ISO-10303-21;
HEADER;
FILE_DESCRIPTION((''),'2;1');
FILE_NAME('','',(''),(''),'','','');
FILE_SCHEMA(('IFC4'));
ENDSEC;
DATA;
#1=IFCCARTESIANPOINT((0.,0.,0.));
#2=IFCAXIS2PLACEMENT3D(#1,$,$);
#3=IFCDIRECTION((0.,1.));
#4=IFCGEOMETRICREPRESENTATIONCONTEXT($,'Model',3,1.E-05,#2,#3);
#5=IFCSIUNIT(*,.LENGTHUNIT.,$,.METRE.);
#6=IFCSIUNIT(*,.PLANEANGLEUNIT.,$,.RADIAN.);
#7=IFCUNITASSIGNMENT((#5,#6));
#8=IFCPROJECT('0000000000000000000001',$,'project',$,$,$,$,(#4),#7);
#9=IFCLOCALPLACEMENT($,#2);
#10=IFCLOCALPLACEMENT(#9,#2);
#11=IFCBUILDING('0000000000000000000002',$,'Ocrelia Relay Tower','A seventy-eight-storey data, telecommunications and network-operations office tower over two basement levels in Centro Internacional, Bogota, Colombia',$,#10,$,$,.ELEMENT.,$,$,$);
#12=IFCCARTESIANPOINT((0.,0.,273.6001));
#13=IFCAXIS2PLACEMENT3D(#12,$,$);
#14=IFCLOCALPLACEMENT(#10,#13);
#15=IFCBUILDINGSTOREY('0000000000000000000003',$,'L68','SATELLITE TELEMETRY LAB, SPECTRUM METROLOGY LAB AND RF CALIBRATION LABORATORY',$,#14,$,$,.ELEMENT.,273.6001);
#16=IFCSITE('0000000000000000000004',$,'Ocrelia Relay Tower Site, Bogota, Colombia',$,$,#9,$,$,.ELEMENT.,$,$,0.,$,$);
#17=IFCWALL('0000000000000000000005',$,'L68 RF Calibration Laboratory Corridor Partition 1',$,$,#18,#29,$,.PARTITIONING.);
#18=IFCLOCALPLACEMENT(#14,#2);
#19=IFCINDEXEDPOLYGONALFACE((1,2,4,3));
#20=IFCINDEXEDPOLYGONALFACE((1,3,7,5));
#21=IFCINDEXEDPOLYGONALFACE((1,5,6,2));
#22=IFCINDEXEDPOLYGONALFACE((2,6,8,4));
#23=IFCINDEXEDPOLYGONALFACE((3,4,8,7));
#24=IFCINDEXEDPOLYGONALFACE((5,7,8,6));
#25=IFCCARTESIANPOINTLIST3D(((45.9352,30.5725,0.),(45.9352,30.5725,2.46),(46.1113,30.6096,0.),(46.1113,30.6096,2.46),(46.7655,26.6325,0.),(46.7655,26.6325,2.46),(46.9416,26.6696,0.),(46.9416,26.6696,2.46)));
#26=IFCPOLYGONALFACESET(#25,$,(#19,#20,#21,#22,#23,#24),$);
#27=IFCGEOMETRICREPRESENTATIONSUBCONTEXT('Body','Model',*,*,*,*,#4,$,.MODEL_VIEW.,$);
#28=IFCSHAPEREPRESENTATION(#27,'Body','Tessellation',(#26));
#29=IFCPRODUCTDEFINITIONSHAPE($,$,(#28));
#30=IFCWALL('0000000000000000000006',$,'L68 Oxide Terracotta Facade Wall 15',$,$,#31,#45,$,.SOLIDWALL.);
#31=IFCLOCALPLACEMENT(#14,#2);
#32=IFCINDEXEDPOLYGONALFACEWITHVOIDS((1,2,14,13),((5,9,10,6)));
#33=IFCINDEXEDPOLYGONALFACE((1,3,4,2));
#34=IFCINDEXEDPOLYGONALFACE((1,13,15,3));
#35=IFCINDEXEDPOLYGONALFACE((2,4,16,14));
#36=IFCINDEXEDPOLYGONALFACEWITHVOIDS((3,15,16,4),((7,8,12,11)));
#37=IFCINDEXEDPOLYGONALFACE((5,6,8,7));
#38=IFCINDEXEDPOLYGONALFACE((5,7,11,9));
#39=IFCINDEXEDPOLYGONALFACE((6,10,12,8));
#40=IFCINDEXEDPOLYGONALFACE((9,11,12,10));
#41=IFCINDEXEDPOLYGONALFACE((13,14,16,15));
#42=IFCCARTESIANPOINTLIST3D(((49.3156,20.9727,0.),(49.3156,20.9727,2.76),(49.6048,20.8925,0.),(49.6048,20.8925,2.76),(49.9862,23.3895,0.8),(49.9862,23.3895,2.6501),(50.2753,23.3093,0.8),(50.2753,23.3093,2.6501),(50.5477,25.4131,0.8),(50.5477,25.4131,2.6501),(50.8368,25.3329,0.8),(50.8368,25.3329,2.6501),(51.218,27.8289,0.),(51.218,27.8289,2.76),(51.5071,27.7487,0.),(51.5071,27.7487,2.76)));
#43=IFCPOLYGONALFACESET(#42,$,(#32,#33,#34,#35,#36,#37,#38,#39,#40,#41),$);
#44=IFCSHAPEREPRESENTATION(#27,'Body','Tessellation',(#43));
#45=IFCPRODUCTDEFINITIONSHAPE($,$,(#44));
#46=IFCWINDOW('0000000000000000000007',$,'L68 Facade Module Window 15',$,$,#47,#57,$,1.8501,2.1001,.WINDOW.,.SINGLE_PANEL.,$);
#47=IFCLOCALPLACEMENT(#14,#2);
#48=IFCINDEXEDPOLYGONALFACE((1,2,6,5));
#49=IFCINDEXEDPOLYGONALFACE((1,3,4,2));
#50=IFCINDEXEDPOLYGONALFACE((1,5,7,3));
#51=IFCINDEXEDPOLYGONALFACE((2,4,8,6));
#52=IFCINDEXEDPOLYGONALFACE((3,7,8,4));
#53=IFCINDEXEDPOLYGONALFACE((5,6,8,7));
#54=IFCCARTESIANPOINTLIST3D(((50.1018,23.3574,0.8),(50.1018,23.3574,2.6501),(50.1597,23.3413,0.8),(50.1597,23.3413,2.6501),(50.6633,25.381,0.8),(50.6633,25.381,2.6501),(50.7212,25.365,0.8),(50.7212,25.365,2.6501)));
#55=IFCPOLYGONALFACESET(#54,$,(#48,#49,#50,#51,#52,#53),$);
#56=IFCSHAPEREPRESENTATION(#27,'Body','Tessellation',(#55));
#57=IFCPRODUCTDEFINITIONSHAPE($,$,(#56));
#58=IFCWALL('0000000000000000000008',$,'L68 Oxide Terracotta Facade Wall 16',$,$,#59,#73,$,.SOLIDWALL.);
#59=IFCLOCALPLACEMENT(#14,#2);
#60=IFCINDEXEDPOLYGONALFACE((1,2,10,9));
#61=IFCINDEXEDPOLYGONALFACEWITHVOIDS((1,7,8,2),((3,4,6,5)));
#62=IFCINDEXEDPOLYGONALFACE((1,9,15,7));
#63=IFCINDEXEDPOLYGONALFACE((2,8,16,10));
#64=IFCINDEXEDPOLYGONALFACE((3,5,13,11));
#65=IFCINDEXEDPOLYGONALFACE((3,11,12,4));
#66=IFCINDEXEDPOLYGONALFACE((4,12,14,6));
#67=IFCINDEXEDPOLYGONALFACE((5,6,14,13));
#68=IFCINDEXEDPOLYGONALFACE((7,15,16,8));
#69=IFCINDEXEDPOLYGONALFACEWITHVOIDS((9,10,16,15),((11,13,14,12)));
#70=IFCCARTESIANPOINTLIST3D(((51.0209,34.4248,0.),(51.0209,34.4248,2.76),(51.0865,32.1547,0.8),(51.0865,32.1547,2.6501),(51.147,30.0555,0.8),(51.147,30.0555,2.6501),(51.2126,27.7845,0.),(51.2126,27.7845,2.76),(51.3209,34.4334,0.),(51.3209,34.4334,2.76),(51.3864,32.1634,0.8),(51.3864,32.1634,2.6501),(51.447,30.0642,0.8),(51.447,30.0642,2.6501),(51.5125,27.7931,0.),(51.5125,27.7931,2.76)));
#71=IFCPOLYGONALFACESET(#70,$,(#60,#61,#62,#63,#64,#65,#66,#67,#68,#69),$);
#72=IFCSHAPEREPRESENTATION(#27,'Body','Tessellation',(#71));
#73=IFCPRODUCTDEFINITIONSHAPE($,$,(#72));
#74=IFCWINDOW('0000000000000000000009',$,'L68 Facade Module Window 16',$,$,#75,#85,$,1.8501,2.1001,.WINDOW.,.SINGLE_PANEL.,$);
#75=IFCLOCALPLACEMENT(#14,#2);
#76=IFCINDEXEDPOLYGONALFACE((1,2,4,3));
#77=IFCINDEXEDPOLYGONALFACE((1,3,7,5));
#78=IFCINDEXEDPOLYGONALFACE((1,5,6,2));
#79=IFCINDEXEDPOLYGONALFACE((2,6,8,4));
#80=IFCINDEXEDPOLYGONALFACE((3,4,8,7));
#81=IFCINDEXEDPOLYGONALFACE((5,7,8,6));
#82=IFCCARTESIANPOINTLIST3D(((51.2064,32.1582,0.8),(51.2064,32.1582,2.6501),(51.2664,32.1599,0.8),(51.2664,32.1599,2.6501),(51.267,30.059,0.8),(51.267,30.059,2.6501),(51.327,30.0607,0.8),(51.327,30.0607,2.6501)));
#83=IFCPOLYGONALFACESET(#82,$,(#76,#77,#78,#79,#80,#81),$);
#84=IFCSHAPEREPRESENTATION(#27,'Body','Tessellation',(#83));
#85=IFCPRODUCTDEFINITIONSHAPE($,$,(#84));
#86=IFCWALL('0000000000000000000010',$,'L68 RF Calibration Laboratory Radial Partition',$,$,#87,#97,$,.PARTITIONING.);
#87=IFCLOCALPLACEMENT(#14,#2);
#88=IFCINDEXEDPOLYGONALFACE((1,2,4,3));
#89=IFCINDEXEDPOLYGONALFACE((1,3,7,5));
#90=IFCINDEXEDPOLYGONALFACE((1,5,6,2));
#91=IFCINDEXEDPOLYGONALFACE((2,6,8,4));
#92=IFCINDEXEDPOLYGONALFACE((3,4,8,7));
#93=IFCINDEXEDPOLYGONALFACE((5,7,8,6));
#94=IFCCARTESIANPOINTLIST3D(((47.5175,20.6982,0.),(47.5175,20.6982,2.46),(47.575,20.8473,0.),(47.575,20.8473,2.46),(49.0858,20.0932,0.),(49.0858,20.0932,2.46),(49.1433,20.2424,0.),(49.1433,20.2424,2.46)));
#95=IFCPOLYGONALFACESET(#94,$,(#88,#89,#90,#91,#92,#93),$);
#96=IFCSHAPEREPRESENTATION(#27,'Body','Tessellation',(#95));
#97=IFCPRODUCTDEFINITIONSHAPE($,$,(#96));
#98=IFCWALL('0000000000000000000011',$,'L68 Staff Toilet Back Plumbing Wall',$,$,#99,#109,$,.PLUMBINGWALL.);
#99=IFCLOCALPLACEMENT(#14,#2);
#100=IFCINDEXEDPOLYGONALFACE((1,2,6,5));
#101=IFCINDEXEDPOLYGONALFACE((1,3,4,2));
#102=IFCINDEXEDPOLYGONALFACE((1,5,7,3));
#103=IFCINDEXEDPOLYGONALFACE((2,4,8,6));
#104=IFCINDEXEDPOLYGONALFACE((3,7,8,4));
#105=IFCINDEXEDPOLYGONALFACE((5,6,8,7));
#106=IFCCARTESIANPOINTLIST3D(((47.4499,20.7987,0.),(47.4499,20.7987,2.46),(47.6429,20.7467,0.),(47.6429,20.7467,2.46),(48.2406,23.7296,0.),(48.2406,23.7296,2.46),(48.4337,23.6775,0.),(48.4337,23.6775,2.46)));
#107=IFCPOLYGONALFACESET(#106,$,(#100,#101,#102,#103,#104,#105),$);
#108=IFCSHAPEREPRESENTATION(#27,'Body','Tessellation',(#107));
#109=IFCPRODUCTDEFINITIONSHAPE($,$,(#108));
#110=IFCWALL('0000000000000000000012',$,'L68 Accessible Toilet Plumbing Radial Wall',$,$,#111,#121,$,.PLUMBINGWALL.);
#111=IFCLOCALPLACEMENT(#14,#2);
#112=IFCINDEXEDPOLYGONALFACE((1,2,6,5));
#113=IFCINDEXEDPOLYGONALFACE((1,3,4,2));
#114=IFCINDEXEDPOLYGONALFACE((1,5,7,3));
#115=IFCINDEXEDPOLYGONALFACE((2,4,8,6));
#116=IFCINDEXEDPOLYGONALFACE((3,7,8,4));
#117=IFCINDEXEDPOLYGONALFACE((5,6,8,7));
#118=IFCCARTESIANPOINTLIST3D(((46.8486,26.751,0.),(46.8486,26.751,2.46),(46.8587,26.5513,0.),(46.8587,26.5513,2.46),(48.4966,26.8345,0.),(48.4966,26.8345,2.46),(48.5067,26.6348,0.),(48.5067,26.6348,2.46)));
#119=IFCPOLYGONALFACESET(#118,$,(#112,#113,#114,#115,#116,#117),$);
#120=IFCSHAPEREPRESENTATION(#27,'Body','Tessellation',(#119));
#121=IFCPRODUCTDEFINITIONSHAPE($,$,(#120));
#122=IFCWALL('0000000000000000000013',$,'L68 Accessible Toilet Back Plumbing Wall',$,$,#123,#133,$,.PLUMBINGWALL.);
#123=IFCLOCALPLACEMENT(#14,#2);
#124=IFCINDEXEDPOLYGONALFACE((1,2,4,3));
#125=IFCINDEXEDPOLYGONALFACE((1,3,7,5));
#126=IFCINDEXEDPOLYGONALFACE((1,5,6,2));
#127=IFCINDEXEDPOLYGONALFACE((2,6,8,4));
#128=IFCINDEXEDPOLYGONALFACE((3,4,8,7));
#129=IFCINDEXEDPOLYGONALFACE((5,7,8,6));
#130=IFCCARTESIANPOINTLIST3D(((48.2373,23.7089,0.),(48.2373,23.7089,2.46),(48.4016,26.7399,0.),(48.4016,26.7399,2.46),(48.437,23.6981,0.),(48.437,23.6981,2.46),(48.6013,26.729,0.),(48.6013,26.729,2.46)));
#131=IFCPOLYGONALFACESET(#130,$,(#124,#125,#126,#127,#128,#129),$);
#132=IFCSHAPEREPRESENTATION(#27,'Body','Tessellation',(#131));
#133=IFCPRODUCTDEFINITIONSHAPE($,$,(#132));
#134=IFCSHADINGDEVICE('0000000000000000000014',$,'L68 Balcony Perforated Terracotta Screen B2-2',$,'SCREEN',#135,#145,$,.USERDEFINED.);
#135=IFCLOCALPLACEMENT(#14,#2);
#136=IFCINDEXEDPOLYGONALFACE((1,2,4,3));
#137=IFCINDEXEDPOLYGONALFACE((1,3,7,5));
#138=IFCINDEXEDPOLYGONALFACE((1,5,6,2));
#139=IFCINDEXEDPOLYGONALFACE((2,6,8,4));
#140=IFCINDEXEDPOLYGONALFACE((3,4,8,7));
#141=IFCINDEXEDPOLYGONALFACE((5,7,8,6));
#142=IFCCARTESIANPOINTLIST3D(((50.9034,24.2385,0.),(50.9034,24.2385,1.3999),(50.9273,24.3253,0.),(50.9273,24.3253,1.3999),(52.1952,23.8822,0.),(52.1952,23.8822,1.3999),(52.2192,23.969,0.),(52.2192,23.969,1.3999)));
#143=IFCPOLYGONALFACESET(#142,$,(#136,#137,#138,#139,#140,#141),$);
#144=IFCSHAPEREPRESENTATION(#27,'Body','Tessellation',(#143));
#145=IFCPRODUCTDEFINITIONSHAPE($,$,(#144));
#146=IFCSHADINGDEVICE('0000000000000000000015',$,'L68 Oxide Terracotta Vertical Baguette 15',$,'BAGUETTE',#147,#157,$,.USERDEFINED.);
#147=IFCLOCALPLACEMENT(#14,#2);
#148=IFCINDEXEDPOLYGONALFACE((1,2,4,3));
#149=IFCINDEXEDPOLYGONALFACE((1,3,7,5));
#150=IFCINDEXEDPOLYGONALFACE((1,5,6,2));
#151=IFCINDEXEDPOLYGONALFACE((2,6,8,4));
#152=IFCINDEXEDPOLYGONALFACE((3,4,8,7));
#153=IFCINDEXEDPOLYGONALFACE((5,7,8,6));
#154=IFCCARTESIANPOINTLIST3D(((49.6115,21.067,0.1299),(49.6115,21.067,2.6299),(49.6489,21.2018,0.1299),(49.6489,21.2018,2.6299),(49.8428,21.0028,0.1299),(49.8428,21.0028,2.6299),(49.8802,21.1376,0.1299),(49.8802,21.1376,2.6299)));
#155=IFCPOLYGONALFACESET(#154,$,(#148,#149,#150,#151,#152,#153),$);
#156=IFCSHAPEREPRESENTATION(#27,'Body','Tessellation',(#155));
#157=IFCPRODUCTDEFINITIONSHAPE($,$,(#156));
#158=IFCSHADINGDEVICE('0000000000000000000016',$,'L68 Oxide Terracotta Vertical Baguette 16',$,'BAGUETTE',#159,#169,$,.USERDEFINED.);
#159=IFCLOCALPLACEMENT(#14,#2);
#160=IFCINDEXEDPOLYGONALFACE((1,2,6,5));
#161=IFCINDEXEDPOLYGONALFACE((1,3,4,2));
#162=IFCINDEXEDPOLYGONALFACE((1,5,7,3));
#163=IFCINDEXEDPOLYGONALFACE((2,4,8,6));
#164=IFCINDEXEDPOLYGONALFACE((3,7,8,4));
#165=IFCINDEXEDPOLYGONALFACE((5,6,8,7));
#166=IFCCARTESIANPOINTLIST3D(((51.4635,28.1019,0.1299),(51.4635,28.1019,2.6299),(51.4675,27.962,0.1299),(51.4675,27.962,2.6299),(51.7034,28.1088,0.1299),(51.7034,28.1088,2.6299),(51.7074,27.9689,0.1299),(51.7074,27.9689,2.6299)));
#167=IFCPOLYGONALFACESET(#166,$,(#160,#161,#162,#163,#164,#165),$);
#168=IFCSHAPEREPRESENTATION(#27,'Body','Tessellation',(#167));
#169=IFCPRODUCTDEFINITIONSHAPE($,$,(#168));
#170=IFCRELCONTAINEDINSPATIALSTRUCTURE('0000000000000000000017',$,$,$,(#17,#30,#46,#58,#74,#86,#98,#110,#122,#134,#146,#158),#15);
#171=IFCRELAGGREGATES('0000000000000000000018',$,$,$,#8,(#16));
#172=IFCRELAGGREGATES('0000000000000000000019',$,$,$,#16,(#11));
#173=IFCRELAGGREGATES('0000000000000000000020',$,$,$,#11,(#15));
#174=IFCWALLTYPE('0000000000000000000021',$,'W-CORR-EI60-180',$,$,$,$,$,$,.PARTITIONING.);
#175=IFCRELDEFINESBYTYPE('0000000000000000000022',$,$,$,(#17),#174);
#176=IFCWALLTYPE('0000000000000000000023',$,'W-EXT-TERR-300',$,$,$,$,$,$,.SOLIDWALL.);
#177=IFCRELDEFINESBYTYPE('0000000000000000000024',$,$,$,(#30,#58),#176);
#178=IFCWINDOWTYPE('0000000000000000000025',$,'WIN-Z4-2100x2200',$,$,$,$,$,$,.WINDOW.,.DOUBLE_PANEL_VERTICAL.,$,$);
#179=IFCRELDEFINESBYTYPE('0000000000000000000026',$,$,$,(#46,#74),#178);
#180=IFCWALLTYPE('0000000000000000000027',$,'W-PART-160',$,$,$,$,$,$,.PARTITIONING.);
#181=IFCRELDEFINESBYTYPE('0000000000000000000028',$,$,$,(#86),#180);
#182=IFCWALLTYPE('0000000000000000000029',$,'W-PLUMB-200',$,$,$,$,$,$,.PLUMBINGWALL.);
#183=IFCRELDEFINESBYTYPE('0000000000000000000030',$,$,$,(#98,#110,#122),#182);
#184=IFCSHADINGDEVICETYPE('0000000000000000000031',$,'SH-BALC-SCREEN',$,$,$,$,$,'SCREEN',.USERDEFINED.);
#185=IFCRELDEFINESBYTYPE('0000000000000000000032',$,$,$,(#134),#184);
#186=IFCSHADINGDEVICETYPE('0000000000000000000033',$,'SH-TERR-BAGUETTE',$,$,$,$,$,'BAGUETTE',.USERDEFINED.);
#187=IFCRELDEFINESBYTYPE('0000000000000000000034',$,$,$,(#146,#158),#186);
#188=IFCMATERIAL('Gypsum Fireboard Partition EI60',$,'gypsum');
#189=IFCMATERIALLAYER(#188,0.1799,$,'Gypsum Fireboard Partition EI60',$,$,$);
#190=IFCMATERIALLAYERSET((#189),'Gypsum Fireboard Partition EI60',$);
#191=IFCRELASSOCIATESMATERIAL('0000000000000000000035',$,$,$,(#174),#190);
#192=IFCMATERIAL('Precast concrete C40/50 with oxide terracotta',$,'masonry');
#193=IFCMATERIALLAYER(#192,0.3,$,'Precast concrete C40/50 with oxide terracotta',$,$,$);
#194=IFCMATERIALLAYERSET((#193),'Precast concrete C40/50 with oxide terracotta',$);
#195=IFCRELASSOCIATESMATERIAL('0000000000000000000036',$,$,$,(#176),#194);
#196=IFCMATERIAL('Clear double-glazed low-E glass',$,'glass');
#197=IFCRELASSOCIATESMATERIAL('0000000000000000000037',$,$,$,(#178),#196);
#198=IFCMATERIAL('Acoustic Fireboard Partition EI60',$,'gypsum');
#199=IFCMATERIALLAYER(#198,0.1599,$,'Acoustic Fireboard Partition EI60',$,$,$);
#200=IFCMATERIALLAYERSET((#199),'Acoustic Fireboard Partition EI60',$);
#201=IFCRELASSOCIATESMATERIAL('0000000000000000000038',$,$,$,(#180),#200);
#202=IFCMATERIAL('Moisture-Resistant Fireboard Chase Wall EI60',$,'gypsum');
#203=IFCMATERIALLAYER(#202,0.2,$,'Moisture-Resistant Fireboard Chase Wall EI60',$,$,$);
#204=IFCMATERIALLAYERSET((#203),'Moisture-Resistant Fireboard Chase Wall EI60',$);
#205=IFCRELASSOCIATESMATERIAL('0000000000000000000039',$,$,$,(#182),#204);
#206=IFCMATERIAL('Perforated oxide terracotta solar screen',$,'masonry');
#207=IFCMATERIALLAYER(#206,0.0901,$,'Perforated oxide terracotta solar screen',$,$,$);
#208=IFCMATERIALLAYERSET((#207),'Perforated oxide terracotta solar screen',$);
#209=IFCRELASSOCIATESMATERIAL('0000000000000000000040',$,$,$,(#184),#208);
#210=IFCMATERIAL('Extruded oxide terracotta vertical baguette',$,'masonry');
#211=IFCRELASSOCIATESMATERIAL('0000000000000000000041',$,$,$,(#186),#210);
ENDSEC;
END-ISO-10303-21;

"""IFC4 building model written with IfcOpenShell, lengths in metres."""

from ifc_helpers import new_model, si_unit, direction, frame, frame_2d, origin, origin_2d, place, context, subcontext, project, spatial, rectangle, extrude, material, layer, layer_set, type_object, element, fill, save


model = new_model("IFC4")

# Units and contexts
model_context = context("Model", 3, precision=1e-05, world=origin(), true_north=direction((0.0, 1.0)))
body_context = subcontext(model_context, "Body", "Model", "MODEL_VIEW")
ifc_project = project(units=[si_unit("LENGTHUNIT", "METRE"), si_unit("PLANEANGLEUNIT", "RADIAN")], contexts=[model_context])

# Site, building, storey
site_placement = place(None, origin())
site = spatial("IfcSite", under=ifc_project, at=site_placement, Name="Ocrelia Relay Tower Site, Bogota, Colombia", CompositionType="ELEMENT", RefElevation=0.0)
building_placement = place(site_placement, origin())
building = spatial("IfcBuilding", under=site, at=building_placement, Name="Ocrelia Relay Tower", Description="A seventy-eight-storey data, telecommunications and network-operations office tower over two basement levels in Centro Internacional, Bogota, Colombia", CompositionType="ELEMENT")
storey_placement = place(building_placement, frame((0.0, 0.0, 273.6001)))
storey = spatial("IfcBuildingStorey", under=building, at=storey_placement, Name="L68", Description="SATELLITE TELEMETRY LAB, SPECTRUM METROLOGY LAB AND RF CALIBRATION LABORATORY", CompositionType="ELEMENT", Elevation=273.6001)

# Wall
ifc_material_1 = material(Name="Gypsum Fireboard Partition EI60", Category="gypsum")
ifc_layer_1 = layer(ifc_material_1, 0.1799, Name="Gypsum Fireboard Partition EI60")
ifc_layer_set_1 = layer_set([ifc_layer_1], Name="Gypsum Fireboard Partition EI60")
wall_type_1 = type_object("IfcWallType", Name="W-CORR-EI60-180", PredefinedType="PARTITIONING", material=ifc_layer_set_1)
wall_1_placement = place(storey_placement, frame((46.8535, 26.6511, 0.0), z_axis=(0.0, 0.0, 1.0), x_axis=(-0.206203, 0.978509, 0.0)))
element("IfcWall", 1, at=wall_1_placement, inside=storey, type_object=wall_type_1, Name="L68 RF Calibration Laboratory Corridor Partition 1", PredefinedType="PARTITIONING", context=body_context, shape_type="SweptSolid", body=[
    extrude(rectangle(XDim=4.0266, YDim=0.1799, at=frame_2d((2.0132, 0.0))), origin(), (0.0, 0.0, 1.0), 2.46),
])

# Walls, openings, windows
ifc_material_2 = material(Name="Precast concrete C40/50 with oxide terracotta", Category="masonry")
ifc_layer_2 = layer(ifc_material_2, 0.3, Name="Precast concrete C40/50 with oxide terracotta")
ifc_layer_set_2 = layer_set([ifc_layer_2], Name="Precast concrete C40/50 with oxide terracotta")
wall_type_2 = type_object("IfcWallType", Name="W-EXT-TERR-300", PredefinedType="SOLIDWALL", material=ifc_layer_set_2)
wall_2_placement = place(storey_placement, frame((49.4602, 20.9326, 0.0), z_axis=(0.0, 0.0, 1.0), x_axis=(0.267362, 0.963596, 0.0)))
wall_2 = element("IfcWall", 2, at=wall_2_placement, inside=storey, type_object=wall_type_2, Name="L68 Oxide Terracotta Facade Wall 15", PredefinedType="SOLIDWALL", context=body_context, shape_type="SweptSolid", body=[
    extrude(rectangle(XDim=7.1152, YDim=0.3, at=frame_2d((3.5576, 0.0))), origin(), (0.0, 0.0, 1.0), 2.76),
])
opening_1_placement = place(wall_2_placement, frame((2.5081, 0.0, 0.8)))
opening_1 = element("IfcOpeningElement", 3, at=opening_1_placement, cuts=wall_2, PredefinedType="OPENING", context=body_context, shape_type="SweptSolid", body=[
    extrude(rectangle(XDim=2.1001, YDim=1.8501, at=frame_2d((1.05, 0.925))), frame((0.0, 0.1602, 0.0), z_axis=(0.0, -1.0, 0.0), x_axis=(1.0, 0.0, 0.0)), (0.0, 0.0, 1.0), 0.3201),
])
ifc_material_3 = material(Name="Clear double-glazed low-E glass", Category="glass")
window_type = type_object("IfcWindowType", Name="WIN-Z4-2100x2200", PartitioningType="DOUBLE_PANEL_VERTICAL", PredefinedType="WINDOW", material=ifc_material_3)
window_1_placement = place(opening_1_placement, origin())
window_1 = element("IfcWindow", 4, at=window_1_placement, inside=storey, type_object=window_type, Name="L68 Facade Module Window 15", OverallHeight=1.8501, OverallWidth=2.1001, PartitioningType="SINGLE_PANEL", PredefinedType="WINDOW", context=body_context, shape_type="SweptSolid", body=[
    extrude(rectangle(XDim=2.1001, YDim=1.8501, at=frame_2d((1.05, 0.925))), frame((0.0, 0.03, 0.0), z_axis=(0.0, -1.0, 0.0), x_axis=(1.0, 0.0, 0.0)), (0.0, 0.0, 1.0), 0.0601),
])
fill(opening_1, window_1)
wall_3_placement = place(storey_placement, frame((51.3625, 27.7888, 0.0), z_axis=(0.0, 0.0, 1.0), x_axis=(-0.028849, 0.999584, 0.0)))
wall_3 = element("IfcWall", 5, at=wall_3_placement, inside=storey, type_object=wall_type_2, Name="L68 Oxide Terracotta Facade Wall 16", PredefinedType="SOLIDWALL", context=body_context, shape_type="SweptSolid", body=[
    extrude(rectangle(XDim=6.6431, YDim=0.3, at=frame_2d((3.3215, 0.0))), origin(), (0.0, 0.0, 1.0), 2.76),
])
opening_2_placement = place(wall_3_placement, frame((2.272, 0.0, 0.8)))
opening_2 = element("IfcOpeningElement", 6, at=opening_2_placement, cuts=wall_3, PredefinedType="OPENING", context=body_context, shape_type="SweptSolid", body=[
    extrude(rectangle(XDim=2.1001, YDim=1.8501, at=frame_2d((1.05, 0.925))), frame((0.0, 0.1602, 0.0), z_axis=(0.0, -1.0, 0.0), x_axis=(1.0, 0.0, 0.0)), (0.0, 0.0, 1.0), 0.3201),
])
window_2_placement = place(opening_2_placement, origin())
window_2 = element("IfcWindow", 7, at=window_2_placement, inside=storey, type_object=window_type, Name="L68 Facade Module Window 16", OverallHeight=1.8501, OverallWidth=2.1001, PartitioningType="SINGLE_PANEL", PredefinedType="WINDOW", context=body_context, shape_type="SweptSolid", body=[
    extrude(rectangle(XDim=2.1001, YDim=1.8501, at=frame_2d((1.05, 0.925))), frame((0.0, 0.03, 0.0), z_axis=(0.0, -1.0, 0.0), x_axis=(1.0, 0.0, 0.0)), (0.0, 0.0, 1.0), 0.0601),
])
fill(opening_2, window_2)

# Walls
ifc_material_4 = material(Name="Acoustic Fireboard Partition EI60", Category="gypsum")
ifc_layer_3 = layer(ifc_material_4, 0.1599, Name="Acoustic Fireboard Partition EI60")
ifc_layer_set_3 = layer_set([ifc_layer_3], Name="Acoustic Fireboard Partition EI60")
wall_type_3 = type_object("IfcWallType", Name="W-PART-160", PredefinedType="PARTITIONING", material=ifc_layer_set_3)
wall_4_placement = place(storey_placement, frame((47.5464, 20.7727, 0.0), z_axis=(0.0, 0.0, 1.0), x_axis=(0.932993, -0.359894, 0.0)))
element("IfcWall", 8, at=wall_4_placement, inside=storey, type_object=wall_type_3, Name="L68 RF Calibration Laboratory Radial Partition", PredefinedType="PARTITIONING", context=body_context, shape_type="SweptSolid", body=[
    extrude(rectangle(XDim=1.6809, YDim=0.1599, at=frame_2d((0.8403, 0.0))), origin(), (0.0, 0.0, 1.0), 2.46),
])
ifc_material_5 = material(Name="Moisture-Resistant Fireboard Chase Wall EI60", Category="gypsum")
ifc_layer_4 = layer(ifc_material_5, 0.2, Name="Moisture-Resistant Fireboard Chase Wall EI60")
ifc_layer_set_4 = layer_set([ifc_layer_4], Name="Moisture-Resistant Fireboard Chase Wall EI60")
wall_type_4 = type_object("IfcWallType", Name="W-PLUMB-200", PredefinedType="PLUMBINGWALL", material=ifc_layer_set_4)
wall_5_placement = place(storey_placement, frame((47.5464, 20.7727, 0.0), z_axis=(0.0, 0.0, 1.0), x_axis=(0.26049, 0.965477, 0.0)))
element("IfcWall", 9, at=wall_5_placement, inside=storey, type_object=wall_type_4, Name="L68 Staff Toilet Back Plumbing Wall", PredefinedType="PLUMBINGWALL", context=body_context, shape_type="SweptSolid", body=[
    extrude(rectangle(XDim=3.0356, YDim=0.2, at=frame_2d((1.5178, 0.0))), origin(), (0.0, 0.0, 1.0), 2.46),
])
wall_6_placement = place(storey_placement, frame((46.8535, 26.6511, 0.0), z_axis=(0.0, 0.0, 1.0), x_axis=(0.998719, 0.050602, 0.0)))
element("IfcWall", 10, at=wall_6_placement, inside=storey, type_object=wall_type_4, Name="L68 Accessible Toilet Plumbing Radial Wall", PredefinedType="PLUMBINGWALL", context=body_context, shape_type="SweptSolid", body=[
    extrude(rectangle(XDim=1.6501, YDim=0.2, at=frame_2d((0.8252, 0.0))), origin(), (0.0, 0.0, 1.0), 2.46),
])
wall_7_placement = place(storey_placement, frame((48.3372, 23.7036, 0.0), z_axis=(0.0, 0.0, 1.0), x_axis=(0.054129, 0.998534, 0.0)))
element("IfcWall", 11, at=wall_7_placement, inside=storey, type_object=wall_type_4, Name="L68 Accessible Toilet Back Plumbing Wall", PredefinedType="PLUMBINGWALL", context=body_context, shape_type="SweptSolid", body=[
    extrude(rectangle(XDim=3.0354, YDim=0.2, at=frame_2d((1.5176, 0.0))), origin(), (0.0, 0.0, 1.0), 2.46),
])

# Shading devices
ifc_material_6 = material(Name="Perforated oxide terracotta solar screen", Category="masonry")
ifc_layer_5 = layer(ifc_material_6, 0.0901, Name="Perforated oxide terracotta solar screen")
ifc_layer_set_5 = layer_set([ifc_layer_5], Name="Perforated oxide terracotta solar screen")
shading_device_type_1 = type_object("IfcShadingDeviceType", Name="SH-BALC-SCREEN", ElementType="SCREEN", PredefinedType="USERDEFINED", material=ifc_layer_set_5)
shading_device_1_placement = place(storey_placement, frame((51.5613, 24.1038, 0.0), z_axis=(0.0, 0.0, 1.0), x_axis=(0.964005, -0.265885, 0.0)))
element("IfcShadingDevice", 12, at=shading_device_1_placement, inside=storey, type_object=shading_device_type_1, Name="L68 Balcony Perforated Terracotta Screen B2-2", ObjectType="SCREEN", PredefinedType="USERDEFINED", context=body_context, shape_type="SweptSolid", body=[
    extrude(rectangle(XDim=1.3401, YDim=0.0901, at=origin_2d()), origin(), (0.0, 0.0, 1.0), 1.3999),
])
ifc_material_7 = material(Name="Extruded oxide terracotta vertical baguette", Category="masonry")
shading_device_type_2 = type_object("IfcShadingDeviceType", Name="SH-TERR-BAGUETTE", ElementType="BAGUETTE", PredefinedType="USERDEFINED", material=ifc_material_7)
for number, where, z_axis, x_axis, name in (
    (13, (49.7458, 21.1023, 0.1299), (0.0, 0.0, 1.0), (0.26737, 0.963594, 0.0), "L68 Oxide Terracotta Vertical Baguette 15"),
    (14, (51.5854, 28.0354, 0.1299), (0.0, 0.0, 1.0), (-0.028857, 0.999584, 0.0), "L68 Oxide Terracotta Vertical Baguette 16"),
):
    element("IfcShadingDevice", number, at=place(storey_placement, frame(where, z_axis=z_axis, x_axis=x_axis)), inside=storey, type_object=shading_device_type_2, Name=name, ObjectType="BAGUETTE", PredefinedType="USERDEFINED", context=body_context, shape_type="SweptSolid", body=[
        extrude(rectangle(XDim=0.1399, YDim=0.24, at=origin_2d()), origin(), (0.0, 0.0, 1.0), 2.5),
    ])

save(model, "model.ifc")
